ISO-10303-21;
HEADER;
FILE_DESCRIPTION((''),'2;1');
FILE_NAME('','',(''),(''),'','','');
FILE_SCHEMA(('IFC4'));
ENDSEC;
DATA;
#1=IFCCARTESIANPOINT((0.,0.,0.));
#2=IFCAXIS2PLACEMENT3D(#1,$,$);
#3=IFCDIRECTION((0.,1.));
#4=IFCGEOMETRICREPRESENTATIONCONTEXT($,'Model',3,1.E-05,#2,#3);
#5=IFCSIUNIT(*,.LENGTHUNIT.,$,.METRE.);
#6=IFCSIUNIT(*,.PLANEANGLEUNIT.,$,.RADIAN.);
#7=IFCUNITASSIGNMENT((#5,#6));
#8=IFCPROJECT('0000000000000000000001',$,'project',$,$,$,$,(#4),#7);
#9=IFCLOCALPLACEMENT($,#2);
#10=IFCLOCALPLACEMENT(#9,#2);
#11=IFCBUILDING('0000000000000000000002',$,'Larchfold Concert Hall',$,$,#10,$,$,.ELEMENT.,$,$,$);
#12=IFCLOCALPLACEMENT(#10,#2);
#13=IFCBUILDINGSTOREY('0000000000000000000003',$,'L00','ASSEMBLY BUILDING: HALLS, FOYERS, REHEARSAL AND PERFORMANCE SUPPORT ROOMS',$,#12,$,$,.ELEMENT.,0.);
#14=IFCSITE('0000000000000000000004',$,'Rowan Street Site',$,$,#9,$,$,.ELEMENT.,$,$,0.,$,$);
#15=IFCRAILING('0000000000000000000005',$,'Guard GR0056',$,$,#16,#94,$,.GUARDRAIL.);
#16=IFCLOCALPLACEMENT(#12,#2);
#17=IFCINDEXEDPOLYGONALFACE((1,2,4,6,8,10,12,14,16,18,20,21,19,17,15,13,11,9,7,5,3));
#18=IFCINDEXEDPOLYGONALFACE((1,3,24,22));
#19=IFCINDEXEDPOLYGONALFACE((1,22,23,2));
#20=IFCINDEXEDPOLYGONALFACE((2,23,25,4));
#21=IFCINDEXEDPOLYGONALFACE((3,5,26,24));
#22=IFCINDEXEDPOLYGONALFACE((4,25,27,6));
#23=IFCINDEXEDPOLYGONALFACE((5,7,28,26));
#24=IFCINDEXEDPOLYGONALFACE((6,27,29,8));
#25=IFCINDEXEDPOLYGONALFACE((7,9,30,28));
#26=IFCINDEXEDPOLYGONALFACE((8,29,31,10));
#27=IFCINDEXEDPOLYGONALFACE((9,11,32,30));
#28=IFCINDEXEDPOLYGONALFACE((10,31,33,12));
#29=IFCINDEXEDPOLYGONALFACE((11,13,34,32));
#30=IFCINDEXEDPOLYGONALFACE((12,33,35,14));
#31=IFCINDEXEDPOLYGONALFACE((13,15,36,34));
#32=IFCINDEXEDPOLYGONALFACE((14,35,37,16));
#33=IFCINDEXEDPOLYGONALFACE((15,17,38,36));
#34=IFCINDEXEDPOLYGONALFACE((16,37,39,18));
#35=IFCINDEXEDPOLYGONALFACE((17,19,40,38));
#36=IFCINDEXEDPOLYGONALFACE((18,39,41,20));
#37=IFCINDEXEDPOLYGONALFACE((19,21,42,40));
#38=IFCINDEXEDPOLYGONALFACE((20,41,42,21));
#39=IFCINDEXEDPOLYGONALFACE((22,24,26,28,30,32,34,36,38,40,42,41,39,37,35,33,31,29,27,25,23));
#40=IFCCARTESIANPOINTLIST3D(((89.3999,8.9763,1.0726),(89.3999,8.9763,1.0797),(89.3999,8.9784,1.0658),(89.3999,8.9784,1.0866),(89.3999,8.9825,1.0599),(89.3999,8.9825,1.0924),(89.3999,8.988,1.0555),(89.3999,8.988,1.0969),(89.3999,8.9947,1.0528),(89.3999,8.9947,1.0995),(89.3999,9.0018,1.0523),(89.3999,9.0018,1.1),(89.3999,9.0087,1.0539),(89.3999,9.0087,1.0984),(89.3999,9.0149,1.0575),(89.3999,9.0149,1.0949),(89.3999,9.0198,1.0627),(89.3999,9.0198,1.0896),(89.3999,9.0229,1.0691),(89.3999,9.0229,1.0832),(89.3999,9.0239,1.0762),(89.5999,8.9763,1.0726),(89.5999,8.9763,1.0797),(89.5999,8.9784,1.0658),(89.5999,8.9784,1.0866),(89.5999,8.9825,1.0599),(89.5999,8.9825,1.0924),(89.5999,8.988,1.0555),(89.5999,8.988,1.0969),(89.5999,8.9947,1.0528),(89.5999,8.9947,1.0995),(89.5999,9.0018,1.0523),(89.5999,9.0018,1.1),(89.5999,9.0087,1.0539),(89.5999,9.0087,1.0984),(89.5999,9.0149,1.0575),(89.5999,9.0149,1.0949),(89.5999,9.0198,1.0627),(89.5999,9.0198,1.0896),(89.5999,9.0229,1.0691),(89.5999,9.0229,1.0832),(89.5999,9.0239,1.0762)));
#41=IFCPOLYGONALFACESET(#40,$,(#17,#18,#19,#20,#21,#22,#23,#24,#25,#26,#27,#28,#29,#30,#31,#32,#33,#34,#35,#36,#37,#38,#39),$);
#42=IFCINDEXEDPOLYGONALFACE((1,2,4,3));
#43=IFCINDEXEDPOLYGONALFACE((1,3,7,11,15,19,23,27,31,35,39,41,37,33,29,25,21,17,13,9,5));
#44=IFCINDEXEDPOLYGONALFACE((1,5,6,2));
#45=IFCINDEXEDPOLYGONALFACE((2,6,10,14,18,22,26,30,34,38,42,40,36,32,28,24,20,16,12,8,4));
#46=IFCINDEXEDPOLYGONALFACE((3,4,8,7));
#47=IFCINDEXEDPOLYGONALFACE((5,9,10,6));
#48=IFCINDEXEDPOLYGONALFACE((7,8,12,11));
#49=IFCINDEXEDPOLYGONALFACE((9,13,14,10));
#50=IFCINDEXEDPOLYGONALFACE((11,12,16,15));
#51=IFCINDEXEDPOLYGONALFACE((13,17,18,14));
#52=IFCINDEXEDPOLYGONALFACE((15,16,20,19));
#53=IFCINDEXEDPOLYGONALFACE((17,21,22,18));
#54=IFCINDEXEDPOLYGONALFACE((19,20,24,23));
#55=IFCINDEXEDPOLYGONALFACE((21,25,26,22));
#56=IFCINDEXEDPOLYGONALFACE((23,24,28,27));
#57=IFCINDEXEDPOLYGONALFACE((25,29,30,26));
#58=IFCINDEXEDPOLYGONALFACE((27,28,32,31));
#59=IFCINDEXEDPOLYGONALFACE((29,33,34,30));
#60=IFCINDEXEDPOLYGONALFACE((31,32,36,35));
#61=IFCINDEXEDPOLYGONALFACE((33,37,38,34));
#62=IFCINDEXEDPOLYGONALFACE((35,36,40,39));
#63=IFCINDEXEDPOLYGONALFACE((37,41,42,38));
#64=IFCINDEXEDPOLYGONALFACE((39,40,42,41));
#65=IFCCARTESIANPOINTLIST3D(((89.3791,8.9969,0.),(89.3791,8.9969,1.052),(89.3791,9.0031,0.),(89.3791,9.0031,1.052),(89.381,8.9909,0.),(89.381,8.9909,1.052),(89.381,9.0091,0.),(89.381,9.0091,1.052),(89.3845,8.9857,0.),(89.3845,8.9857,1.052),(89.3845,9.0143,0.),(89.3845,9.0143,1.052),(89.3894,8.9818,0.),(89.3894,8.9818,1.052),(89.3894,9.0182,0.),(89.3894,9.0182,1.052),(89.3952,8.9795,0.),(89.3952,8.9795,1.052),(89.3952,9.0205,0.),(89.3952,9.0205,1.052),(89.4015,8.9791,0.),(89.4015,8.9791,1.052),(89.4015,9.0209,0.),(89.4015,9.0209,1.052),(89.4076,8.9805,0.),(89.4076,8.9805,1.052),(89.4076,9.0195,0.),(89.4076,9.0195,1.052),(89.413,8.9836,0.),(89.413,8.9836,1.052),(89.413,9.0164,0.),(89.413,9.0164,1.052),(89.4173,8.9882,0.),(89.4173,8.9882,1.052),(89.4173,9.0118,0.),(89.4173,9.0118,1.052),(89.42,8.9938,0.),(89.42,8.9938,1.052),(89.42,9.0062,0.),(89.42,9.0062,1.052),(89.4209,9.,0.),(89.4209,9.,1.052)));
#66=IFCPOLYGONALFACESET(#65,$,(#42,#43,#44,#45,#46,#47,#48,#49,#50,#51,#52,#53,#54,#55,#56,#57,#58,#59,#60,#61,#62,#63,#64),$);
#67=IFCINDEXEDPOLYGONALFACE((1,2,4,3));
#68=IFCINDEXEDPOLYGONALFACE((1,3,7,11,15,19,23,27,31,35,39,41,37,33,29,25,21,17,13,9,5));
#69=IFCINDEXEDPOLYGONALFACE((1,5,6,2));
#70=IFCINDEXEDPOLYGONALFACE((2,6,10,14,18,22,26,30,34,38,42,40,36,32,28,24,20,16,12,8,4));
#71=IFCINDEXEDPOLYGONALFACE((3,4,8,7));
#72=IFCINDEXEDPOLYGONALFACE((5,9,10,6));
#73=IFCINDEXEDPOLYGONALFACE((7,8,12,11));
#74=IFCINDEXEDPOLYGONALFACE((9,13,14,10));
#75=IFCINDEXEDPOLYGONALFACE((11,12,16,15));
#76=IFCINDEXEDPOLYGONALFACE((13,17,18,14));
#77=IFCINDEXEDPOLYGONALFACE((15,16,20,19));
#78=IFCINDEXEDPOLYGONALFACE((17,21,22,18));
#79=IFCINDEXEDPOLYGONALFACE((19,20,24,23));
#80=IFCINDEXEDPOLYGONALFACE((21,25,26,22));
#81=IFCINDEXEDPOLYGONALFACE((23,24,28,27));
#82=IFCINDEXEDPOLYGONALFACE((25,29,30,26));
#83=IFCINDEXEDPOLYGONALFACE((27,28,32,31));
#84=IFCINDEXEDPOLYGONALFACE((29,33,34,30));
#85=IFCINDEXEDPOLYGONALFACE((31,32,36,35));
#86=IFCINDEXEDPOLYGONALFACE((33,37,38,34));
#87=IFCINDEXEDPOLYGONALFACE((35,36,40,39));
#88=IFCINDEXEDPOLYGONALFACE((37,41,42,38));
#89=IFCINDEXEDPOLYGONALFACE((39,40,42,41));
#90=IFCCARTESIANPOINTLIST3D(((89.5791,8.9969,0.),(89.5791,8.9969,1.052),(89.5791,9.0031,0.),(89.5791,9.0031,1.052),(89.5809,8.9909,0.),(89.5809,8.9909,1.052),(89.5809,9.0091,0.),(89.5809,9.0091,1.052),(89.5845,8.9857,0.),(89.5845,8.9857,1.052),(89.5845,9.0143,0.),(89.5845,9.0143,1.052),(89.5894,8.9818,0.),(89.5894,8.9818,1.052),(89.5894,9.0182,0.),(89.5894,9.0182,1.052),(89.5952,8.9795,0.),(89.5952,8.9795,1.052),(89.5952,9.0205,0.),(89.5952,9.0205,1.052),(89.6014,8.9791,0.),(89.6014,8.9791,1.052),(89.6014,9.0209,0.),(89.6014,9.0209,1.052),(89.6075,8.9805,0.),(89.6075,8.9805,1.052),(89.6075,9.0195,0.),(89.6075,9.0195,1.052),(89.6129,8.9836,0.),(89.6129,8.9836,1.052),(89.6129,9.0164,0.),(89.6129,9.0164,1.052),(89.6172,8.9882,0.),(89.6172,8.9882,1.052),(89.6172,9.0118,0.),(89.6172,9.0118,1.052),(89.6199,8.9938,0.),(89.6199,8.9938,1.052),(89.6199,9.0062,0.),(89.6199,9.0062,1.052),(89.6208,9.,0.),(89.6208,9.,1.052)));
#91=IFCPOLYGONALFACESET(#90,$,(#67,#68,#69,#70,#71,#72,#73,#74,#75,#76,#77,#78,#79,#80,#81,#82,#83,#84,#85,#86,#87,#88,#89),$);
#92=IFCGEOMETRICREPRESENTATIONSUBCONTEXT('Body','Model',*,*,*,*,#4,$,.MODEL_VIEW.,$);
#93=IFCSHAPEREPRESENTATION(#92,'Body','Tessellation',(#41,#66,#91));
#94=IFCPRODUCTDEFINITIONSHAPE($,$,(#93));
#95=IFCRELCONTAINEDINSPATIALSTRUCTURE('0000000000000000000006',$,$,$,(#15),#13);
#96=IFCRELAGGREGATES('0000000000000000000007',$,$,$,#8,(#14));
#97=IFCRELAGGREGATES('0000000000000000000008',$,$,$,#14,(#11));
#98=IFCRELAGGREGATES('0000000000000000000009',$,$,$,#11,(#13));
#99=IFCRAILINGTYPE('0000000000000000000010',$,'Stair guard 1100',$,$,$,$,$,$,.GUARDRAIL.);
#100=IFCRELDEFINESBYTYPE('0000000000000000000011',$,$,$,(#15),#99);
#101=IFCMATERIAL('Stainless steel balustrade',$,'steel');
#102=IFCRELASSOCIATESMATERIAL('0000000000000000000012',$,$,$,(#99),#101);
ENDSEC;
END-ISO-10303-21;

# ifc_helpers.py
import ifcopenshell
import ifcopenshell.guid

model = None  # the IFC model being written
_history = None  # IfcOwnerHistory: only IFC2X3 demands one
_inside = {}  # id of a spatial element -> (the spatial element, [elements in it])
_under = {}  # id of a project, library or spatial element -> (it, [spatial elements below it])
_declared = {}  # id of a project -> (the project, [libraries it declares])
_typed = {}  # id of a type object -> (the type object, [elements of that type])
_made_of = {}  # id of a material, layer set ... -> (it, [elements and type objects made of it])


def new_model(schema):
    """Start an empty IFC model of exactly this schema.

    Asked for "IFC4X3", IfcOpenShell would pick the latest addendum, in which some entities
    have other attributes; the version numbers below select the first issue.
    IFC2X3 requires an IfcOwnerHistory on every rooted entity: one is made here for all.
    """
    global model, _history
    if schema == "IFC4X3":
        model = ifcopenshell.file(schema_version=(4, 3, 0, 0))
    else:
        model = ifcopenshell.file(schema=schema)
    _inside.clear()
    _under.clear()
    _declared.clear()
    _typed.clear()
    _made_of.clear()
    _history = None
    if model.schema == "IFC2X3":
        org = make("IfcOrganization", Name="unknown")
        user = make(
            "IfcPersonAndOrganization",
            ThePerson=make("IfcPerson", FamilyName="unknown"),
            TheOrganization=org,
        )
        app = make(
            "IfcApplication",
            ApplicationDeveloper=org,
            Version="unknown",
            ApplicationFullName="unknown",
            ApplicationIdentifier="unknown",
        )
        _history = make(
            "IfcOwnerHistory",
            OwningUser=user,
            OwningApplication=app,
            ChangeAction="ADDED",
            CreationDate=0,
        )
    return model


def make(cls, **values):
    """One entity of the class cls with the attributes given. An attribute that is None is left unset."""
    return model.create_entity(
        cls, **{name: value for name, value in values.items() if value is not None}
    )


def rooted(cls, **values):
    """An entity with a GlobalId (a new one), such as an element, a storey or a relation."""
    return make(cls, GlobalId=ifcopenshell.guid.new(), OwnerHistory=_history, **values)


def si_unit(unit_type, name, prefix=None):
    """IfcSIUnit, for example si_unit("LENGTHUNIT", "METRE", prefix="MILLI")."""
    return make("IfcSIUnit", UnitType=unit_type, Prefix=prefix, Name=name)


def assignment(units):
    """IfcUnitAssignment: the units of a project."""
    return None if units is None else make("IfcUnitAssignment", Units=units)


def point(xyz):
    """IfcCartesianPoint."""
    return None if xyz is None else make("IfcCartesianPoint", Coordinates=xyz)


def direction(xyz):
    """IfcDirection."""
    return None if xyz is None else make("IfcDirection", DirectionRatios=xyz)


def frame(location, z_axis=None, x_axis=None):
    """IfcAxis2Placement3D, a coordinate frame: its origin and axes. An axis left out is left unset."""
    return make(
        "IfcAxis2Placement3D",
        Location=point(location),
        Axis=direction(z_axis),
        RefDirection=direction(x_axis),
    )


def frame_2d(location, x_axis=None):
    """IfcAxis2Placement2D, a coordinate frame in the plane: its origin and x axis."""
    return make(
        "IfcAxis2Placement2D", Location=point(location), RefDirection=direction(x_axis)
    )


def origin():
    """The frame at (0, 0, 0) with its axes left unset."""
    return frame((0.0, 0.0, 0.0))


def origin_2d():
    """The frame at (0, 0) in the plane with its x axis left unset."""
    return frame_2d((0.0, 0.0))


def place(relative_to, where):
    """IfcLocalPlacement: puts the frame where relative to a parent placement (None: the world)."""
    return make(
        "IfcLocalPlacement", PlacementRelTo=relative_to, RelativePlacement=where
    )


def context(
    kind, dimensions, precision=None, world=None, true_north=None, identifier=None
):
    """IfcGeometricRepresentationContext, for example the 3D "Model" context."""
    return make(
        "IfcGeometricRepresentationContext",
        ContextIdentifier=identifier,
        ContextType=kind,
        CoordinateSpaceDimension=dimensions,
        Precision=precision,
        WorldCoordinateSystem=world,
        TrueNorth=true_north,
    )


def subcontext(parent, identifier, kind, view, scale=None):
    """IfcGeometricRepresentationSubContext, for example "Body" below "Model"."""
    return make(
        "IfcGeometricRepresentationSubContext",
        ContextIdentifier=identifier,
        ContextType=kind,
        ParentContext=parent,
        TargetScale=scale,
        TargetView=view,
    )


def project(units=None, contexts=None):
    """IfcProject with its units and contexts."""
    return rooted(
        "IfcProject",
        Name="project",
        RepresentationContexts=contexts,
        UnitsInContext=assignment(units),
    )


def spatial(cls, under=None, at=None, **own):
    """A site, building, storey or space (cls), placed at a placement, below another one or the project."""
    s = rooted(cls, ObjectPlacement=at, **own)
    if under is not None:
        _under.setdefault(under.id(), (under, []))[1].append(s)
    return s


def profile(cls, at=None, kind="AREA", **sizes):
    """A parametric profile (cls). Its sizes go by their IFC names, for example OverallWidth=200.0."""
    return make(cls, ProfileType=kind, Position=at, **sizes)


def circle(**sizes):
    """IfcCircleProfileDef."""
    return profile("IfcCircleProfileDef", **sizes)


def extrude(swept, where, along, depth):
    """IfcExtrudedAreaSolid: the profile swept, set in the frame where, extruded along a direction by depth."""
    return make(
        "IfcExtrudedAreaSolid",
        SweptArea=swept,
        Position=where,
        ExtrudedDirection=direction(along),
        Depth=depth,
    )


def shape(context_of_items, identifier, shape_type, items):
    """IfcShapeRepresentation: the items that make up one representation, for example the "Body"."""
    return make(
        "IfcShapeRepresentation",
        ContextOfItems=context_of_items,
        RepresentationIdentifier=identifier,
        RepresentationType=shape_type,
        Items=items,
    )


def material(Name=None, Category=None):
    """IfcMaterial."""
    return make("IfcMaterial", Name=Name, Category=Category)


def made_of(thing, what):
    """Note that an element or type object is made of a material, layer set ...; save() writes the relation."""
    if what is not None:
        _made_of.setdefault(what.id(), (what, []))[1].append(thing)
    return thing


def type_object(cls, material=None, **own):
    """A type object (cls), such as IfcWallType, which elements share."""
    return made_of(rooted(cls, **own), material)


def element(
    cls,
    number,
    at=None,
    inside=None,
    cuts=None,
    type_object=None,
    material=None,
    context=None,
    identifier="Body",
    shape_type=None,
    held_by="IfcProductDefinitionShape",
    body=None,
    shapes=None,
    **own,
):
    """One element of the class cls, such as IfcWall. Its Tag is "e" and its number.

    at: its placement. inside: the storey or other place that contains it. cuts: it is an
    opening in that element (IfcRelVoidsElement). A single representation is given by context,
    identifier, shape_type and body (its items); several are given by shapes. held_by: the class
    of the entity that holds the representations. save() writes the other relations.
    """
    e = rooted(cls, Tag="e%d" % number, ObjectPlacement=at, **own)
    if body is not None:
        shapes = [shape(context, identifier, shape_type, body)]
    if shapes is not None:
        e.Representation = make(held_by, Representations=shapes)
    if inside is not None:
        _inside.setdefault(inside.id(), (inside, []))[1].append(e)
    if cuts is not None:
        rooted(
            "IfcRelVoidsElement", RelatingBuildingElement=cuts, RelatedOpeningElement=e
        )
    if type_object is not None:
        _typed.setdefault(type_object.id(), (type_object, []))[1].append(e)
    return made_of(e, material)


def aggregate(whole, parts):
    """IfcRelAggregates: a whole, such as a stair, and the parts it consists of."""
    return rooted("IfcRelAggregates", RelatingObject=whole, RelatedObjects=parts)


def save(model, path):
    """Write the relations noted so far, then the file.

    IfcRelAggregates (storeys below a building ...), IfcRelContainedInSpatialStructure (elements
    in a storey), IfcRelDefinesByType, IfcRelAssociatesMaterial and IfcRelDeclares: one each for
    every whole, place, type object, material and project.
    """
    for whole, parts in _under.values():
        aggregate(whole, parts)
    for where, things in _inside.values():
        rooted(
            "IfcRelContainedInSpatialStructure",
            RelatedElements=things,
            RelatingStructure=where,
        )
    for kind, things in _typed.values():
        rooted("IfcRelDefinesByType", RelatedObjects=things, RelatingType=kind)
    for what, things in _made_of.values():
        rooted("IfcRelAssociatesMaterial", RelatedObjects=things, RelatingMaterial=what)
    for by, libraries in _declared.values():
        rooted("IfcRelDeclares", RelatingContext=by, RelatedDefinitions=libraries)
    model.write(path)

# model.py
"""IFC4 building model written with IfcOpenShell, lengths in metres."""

from ifc_helpers import new_model, si_unit, direction, frame, origin, origin_2d, place, context, subcontext, project, spatial, circle, extrude, material, type_object, element, save


model = new_model("IFC4")

# Units and contexts
model_context = context("Model", 3, precision=1e-05, world=origin(), true_north=direction((0.0, 1.0)))
body_context = subcontext(model_context, "Body", "Model", "MODEL_VIEW")
ifc_project = project(units=[si_unit("LENGTHUNIT", "METRE"), si_unit("PLANEANGLEUNIT", "RADIAN")], contexts=[model_context])

# Site, building, storey
site_placement = place(None, origin())
site = spatial("IfcSite", under=ifc_project, at=site_placement, Name="Rowan Street Site", CompositionType="ELEMENT", RefElevation=0.0)
building_placement = place(site_placement, origin())
building = spatial("IfcBuilding", under=site, at=building_placement, Name="Larchfold Concert Hall", CompositionType="ELEMENT")
storey_placement = place(building_placement, origin())
storey = spatial("IfcBuildingStorey", under=building, at=storey_placement, Name="L00", Description="ASSEMBLY BUILDING: HALLS, FOYERS, REHEARSAL AND PERFORMANCE SUPPORT ROOMS", CompositionType="ELEMENT", Elevation=0.0)

# Railing
ifc_material_1 = material(Name="Stainless steel balustrade", Category="steel")
railing_type_1 = type_object("IfcRailingType", Name="Stair guard 1100", PredefinedType="GUARDRAIL", material=ifc_material_1)
railing_1_placement = place(storey_placement, frame((89.3999, 9.0, 0.0)))
element("IfcRailing", 1, at=railing_1_placement, inside=storey, type_object=railing_type_1, Name="Guard GR0056", PredefinedType="GUARDRAIL", context=body_context, shape_type="SweptSolid", body=[
    extrude(circle(Radius=0.0239, at=origin_2d()), frame((0.0, 0.0, 1.0762), z_axis=(1.0, 0.0, 0.0), x_axis=(0.0, 1.0, 0.0)), (0.0, 0.0, 1.0), 0.2),
    extrude(circle(Radius=0.021, at=origin_2d()), origin(), (0.0, 0.0, 1.0), 1.052),
    extrude(circle(Radius=0.021, at=origin_2d()), frame((0.2, 0.0, 0.0)), (0.0, 0.0, 1.0), 1.052),
])

save(model, "model.ifc")
